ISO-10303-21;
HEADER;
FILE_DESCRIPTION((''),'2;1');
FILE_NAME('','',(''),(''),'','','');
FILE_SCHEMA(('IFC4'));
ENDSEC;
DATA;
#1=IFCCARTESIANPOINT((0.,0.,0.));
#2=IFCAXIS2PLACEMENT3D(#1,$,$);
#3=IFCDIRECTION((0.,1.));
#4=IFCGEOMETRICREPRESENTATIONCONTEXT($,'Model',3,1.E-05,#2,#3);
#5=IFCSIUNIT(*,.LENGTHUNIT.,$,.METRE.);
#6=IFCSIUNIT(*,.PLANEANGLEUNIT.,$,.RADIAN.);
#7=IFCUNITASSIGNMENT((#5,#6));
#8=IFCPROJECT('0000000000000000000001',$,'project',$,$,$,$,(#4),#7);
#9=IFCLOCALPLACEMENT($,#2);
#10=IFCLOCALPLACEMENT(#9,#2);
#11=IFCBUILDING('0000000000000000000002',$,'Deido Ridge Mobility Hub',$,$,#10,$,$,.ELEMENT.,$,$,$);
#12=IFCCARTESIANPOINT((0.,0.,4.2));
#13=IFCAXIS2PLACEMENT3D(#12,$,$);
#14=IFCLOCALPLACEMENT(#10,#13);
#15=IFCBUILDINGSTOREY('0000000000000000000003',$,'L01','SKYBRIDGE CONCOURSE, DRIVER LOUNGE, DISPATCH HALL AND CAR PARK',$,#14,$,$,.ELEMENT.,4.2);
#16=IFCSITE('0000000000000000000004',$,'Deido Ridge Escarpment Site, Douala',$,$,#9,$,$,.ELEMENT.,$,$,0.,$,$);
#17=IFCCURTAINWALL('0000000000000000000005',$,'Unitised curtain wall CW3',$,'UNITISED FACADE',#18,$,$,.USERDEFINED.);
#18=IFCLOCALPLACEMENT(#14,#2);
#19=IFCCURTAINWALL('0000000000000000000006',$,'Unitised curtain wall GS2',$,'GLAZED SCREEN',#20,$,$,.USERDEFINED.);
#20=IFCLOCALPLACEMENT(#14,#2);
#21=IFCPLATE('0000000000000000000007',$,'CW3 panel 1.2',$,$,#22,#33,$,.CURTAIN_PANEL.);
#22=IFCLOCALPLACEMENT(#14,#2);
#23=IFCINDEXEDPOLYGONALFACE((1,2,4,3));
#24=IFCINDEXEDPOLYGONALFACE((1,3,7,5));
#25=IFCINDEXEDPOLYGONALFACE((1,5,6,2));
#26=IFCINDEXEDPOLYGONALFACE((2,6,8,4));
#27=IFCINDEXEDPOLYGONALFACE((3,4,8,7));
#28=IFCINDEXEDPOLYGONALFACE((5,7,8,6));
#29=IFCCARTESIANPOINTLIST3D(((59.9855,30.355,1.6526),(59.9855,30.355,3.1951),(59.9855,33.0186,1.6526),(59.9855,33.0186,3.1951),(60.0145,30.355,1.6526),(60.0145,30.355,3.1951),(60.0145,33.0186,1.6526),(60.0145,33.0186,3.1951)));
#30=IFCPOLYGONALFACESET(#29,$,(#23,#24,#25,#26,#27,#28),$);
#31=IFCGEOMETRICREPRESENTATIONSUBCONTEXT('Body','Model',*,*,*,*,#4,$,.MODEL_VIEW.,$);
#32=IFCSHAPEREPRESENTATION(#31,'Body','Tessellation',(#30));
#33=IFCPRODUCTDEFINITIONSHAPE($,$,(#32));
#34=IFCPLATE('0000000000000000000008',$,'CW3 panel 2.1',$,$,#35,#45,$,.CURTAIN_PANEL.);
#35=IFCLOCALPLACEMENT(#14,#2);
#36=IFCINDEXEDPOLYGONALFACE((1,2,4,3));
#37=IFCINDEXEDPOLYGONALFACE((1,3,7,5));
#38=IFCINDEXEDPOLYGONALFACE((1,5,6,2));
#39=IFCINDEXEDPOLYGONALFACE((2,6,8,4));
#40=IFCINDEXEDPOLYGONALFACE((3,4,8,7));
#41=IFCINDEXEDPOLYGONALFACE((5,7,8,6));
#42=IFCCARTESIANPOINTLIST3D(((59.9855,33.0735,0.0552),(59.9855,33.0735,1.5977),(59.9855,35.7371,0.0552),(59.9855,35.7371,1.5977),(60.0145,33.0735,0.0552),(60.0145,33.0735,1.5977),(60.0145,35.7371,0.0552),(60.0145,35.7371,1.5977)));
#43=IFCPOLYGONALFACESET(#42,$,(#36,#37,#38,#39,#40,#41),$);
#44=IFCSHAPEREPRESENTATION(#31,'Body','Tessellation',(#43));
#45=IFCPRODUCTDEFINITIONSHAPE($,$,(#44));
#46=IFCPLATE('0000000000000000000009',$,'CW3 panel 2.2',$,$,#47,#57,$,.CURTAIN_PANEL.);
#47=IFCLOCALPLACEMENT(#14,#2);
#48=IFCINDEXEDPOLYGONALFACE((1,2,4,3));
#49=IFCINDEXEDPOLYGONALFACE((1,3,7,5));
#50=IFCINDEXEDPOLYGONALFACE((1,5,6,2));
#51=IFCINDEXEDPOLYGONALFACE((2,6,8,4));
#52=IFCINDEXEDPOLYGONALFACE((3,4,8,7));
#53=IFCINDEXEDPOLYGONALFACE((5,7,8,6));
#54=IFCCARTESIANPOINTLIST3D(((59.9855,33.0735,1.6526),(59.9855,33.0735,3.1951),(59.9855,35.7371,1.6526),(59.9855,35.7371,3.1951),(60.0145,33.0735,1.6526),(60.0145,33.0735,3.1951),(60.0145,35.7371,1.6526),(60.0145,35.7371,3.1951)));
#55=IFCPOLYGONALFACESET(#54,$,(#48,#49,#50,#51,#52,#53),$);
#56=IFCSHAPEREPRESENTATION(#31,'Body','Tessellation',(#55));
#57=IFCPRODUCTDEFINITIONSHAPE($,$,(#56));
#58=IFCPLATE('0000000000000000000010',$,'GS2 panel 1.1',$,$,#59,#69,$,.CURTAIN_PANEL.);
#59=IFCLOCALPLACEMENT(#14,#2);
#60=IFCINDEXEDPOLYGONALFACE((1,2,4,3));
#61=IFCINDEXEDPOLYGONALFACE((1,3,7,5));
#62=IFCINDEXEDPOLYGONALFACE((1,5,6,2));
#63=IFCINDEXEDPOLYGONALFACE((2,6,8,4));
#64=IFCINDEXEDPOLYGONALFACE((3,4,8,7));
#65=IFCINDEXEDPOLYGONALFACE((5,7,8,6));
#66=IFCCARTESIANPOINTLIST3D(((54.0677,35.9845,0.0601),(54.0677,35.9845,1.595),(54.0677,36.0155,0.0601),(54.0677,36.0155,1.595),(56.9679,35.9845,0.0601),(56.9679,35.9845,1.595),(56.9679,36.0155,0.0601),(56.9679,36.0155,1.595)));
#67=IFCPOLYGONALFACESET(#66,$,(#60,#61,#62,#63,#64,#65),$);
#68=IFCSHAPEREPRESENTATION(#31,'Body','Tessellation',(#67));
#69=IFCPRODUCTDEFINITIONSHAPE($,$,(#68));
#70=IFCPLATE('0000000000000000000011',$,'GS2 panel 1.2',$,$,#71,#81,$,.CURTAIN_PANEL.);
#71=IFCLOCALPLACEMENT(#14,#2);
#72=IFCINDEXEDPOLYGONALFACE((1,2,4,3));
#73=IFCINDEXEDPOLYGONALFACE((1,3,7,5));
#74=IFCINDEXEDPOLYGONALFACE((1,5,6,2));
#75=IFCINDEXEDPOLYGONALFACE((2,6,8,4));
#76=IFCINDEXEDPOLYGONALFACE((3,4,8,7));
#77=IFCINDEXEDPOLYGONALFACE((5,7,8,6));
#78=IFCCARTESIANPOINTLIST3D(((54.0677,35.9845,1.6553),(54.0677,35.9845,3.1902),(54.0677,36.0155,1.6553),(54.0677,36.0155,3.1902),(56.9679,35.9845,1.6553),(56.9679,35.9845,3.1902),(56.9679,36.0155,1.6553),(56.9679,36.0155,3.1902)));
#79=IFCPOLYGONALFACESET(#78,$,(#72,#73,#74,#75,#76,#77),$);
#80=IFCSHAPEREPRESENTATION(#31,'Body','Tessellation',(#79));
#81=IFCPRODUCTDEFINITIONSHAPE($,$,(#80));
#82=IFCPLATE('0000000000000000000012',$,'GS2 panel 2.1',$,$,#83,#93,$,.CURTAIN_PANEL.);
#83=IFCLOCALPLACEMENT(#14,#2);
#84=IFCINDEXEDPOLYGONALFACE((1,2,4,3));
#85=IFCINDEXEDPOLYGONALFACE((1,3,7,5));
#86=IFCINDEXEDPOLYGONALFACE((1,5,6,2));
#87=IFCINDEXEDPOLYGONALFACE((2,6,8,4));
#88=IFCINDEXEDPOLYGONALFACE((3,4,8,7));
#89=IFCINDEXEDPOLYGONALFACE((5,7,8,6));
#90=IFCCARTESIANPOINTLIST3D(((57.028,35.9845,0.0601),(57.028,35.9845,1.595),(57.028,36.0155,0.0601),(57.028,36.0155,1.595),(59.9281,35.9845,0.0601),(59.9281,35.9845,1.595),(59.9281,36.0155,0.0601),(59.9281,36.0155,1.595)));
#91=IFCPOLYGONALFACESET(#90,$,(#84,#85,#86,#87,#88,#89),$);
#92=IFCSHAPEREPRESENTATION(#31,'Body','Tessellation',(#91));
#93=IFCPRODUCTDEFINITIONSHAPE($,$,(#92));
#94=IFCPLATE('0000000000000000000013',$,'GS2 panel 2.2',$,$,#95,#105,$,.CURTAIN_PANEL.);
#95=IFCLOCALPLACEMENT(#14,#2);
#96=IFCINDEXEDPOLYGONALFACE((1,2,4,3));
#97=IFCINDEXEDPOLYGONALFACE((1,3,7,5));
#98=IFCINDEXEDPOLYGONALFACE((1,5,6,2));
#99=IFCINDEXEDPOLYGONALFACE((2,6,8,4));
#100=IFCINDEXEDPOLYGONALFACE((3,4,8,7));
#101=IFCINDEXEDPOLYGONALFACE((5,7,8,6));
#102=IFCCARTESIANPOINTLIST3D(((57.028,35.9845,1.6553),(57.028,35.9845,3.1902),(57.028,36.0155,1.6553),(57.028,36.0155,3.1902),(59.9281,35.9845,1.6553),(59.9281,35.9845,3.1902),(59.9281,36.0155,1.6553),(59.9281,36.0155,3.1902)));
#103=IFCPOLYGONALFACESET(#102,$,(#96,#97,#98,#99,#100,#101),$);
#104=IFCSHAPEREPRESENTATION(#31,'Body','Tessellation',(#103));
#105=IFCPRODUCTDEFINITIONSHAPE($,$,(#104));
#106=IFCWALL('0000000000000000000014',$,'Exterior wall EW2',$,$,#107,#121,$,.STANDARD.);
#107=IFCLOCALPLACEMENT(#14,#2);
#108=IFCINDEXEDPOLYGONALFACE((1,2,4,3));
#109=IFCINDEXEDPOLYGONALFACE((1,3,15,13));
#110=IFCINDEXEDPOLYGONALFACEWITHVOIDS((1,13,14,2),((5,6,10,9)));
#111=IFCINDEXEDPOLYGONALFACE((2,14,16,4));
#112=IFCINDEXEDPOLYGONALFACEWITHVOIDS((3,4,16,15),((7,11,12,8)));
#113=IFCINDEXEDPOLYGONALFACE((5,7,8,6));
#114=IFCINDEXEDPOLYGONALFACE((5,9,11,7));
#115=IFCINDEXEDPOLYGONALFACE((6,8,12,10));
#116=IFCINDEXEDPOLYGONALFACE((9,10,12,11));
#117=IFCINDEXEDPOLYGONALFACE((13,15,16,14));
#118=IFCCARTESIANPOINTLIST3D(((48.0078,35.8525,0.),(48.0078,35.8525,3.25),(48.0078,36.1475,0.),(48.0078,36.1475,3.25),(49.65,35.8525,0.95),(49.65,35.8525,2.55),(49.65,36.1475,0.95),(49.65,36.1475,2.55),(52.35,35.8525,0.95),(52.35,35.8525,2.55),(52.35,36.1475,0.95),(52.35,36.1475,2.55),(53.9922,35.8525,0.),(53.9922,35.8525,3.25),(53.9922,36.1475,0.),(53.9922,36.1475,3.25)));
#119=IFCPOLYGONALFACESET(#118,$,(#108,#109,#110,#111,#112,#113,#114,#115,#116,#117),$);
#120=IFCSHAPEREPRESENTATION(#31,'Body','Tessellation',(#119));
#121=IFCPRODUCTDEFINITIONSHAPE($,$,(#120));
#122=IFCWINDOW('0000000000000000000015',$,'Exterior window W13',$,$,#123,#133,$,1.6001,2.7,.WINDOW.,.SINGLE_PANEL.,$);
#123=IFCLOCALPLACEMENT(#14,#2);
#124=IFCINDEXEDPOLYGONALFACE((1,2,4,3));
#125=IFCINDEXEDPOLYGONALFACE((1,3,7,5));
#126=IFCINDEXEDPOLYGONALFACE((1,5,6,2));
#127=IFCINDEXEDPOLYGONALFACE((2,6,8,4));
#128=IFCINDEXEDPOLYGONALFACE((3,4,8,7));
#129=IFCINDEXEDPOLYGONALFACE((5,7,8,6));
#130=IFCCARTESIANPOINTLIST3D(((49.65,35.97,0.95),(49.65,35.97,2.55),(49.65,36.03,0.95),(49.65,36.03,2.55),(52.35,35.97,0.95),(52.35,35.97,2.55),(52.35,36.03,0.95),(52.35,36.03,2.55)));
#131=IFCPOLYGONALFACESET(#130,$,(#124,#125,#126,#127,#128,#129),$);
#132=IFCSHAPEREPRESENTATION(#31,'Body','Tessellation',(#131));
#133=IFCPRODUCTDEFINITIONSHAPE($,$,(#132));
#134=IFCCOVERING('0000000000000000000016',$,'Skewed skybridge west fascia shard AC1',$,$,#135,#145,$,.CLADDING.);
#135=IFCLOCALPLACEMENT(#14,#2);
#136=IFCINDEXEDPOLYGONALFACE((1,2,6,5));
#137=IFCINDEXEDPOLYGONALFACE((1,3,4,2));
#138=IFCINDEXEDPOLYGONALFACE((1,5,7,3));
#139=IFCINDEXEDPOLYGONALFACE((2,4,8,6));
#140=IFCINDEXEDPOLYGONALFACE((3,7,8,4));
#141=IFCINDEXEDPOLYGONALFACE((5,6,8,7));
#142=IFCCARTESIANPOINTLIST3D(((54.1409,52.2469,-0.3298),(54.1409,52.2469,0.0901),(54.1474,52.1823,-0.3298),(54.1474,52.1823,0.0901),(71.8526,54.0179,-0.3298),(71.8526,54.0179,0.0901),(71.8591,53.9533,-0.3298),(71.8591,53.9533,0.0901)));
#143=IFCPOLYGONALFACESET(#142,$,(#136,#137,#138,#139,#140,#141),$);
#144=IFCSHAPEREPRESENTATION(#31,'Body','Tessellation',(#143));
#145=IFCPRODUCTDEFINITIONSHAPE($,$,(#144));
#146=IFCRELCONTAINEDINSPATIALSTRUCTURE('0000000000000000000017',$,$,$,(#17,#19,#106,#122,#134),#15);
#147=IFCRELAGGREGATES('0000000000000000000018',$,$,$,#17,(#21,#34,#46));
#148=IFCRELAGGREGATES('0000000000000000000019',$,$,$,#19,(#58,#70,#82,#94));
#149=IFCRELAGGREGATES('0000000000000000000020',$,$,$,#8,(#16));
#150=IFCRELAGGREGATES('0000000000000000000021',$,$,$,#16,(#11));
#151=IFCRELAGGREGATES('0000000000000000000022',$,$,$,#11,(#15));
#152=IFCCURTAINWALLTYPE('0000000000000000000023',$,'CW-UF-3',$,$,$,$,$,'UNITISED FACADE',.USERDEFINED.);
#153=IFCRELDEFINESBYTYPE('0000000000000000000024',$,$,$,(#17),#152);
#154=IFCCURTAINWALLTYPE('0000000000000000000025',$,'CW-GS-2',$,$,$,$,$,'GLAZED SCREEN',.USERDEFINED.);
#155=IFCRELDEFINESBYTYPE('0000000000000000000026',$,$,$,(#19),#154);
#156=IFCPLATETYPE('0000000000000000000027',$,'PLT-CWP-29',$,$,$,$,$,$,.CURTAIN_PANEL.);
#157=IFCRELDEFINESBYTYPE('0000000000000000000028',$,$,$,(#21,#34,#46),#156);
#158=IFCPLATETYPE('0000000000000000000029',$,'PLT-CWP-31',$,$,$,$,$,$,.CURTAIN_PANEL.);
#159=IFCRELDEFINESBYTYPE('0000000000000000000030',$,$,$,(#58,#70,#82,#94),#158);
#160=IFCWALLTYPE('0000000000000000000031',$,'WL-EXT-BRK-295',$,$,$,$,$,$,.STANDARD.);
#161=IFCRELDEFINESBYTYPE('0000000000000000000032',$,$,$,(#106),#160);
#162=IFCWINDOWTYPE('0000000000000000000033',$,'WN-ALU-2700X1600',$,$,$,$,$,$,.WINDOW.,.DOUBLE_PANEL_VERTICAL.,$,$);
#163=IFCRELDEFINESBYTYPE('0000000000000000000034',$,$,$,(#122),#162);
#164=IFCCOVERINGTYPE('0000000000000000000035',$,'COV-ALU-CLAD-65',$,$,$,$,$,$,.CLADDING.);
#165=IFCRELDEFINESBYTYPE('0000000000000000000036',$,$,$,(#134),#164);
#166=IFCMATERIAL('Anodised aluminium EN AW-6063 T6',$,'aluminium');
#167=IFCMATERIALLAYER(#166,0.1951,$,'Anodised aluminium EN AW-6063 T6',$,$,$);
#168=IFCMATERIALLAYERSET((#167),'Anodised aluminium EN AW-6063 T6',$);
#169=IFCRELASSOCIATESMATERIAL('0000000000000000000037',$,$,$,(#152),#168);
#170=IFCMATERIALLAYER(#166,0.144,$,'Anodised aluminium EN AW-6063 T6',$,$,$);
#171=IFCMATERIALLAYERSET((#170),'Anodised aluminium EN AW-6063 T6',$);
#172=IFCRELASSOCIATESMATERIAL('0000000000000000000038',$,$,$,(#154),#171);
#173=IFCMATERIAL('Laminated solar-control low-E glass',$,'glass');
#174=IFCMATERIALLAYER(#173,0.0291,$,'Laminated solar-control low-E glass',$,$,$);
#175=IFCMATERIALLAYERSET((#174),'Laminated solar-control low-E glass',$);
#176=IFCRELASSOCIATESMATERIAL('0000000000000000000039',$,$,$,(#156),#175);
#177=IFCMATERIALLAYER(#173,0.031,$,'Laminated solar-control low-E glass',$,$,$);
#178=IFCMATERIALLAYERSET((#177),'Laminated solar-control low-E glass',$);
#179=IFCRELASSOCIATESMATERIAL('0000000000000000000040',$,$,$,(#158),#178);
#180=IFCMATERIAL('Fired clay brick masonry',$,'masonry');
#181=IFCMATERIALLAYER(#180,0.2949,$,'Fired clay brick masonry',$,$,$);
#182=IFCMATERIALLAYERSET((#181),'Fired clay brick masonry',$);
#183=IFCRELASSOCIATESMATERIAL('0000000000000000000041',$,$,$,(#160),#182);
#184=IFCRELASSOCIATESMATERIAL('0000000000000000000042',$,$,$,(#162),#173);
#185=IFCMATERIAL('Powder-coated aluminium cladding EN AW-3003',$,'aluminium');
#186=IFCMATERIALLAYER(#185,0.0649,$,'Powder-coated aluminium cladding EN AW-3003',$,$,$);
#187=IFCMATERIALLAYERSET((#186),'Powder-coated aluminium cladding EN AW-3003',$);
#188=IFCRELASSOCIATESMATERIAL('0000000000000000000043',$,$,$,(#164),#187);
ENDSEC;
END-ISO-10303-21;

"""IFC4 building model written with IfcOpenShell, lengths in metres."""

from ifc_helpers import new_model, si_unit, direction, frame, frame_2d, origin, origin_2d, place, context, subcontext, project, spatial, rectangle, extrude, material, layer, layer_set, type_object, element, fill, aggregate, save


model = new_model("IFC4")

# Units and contexts
model_context = context("Model", 3, precision=1e-05, world=origin(), true_north=direction((0.0, 1.0)))
body_context = subcontext(model_context, "Body", "Model", "MODEL_VIEW")
ifc_project = project(units=[si_unit("LENGTHUNIT", "METRE"), si_unit("PLANEANGLEUNIT", "RADIAN")], contexts=[model_context])

# Site, building, storey
site_placement = place(None, origin())
site = spatial("IfcSite", under=ifc_project, at=site_placement, Name="Deido Ridge Escarpment Site, Douala", CompositionType="ELEMENT", RefElevation=0.0)
building_placement = place(site_placement, origin())
building = spatial("IfcBuilding", under=site, at=building_placement, Name="Deido Ridge Mobility Hub", CompositionType="ELEMENT")
storey_placement = place(building_placement, frame((0.0, 0.0, 4.2)))
storey = spatial("IfcBuildingStorey", under=building, at=storey_placement, Name="L01", Description="SKYBRIDGE CONCOURSE, DRIVER LOUNGE, DISPATCH HALL AND CAR PARK", CompositionType="ELEMENT", Elevation=4.2)

# Curtain walls
ifc_material_1 = material(Name="Anodised aluminium EN AW-6063 T6", Category="aluminium")
ifc_layer_1 = layer(ifc_material_1, 0.1951, Name="Anodised aluminium EN AW-6063 T6")
ifc_layer_set_1 = layer_set([ifc_layer_1], Name="Anodised aluminium EN AW-6063 T6")
curtain_wall_type_1 = type_object("IfcCurtainWallType", Name="CW-UF-3", ElementType="UNITISED FACADE", PredefinedType="USERDEFINED", material=ifc_layer_set_1)
curtain_wall_1_placement = place(storey_placement, origin())
curtain_wall_1 = element("IfcCurtainWall", 1, at=curtain_wall_1_placement, inside=storey, type_object=curtain_wall_type_1, Name="Unitised curtain wall CW3", ObjectType="UNITISED FACADE", PredefinedType="USERDEFINED")
ifc_layer_2 = layer(ifc_material_1, 0.144, Name="Anodised aluminium EN AW-6063 T6")
ifc_layer_set_2 = layer_set([ifc_layer_2], Name="Anodised aluminium EN AW-6063 T6")
curtain_wall_type_2 = type_object("IfcCurtainWallType", Name="CW-GS-2", ElementType="GLAZED SCREEN", PredefinedType="USERDEFINED", material=ifc_layer_set_2)
curtain_wall_2_placement = place(storey_placement, origin())
curtain_wall_2 = element("IfcCurtainWall", 2, at=curtain_wall_2_placement, inside=storey, type_object=curtain_wall_type_2, Name="Unitised curtain wall GS2", ObjectType="GLAZED SCREEN", PredefinedType="USERDEFINED")

# Plates
ifc_material_2 = material(Name="Laminated solar-control low-E glass", Category="glass")
ifc_layer_3 = layer(ifc_material_2, 0.0291, Name="Laminated solar-control low-E glass")
ifc_layer_set_3 = layer_set([ifc_layer_3], Name="Laminated solar-control low-E glass")
plate_type_1 = type_object("IfcPlateType", Name="PLT-CWP-29", PredefinedType="CURTAIN_PANEL", material=ifc_layer_set_3)
plate_1_placement = place(storey_placement, frame((60.0, 31.6868, 1.6526), z_axis=(0.0, 0.0, 1.0), x_axis=(0.0, 1.0, 0.0)))
plate_1 = element("IfcPlate", 3, at=plate_1_placement, type_object=plate_type_1, Name="CW3 panel 1.2", PredefinedType="CURTAIN_PANEL", context=body_context, shape_type="SweptSolid", body=[
    extrude(rectangle(XDim=2.6636, YDim=0.0291, at=origin_2d()), origin(), (0.0, 0.0, 1.0), 1.5425),
])
plate_2_placement = place(storey_placement, frame((60.0, 34.4053, 0.0552), z_axis=(0.0, 0.0, 1.0), x_axis=(0.0, 1.0, 0.0)))
plate_2 = element("IfcPlate", 4, at=plate_2_placement, type_object=plate_type_1, Name="CW3 panel 2.1", PredefinedType="CURTAIN_PANEL", context=body_context, shape_type="SweptSolid", body=[
    extrude(rectangle(XDim=2.6636, YDim=0.0291, at=origin_2d()), origin(), (0.0, 0.0, 1.0), 1.5425),
])
plate_3_placement = place(storey_placement, frame((60.0, 34.4053, 1.6526), z_axis=(0.0, 0.0, 1.0), x_axis=(0.0, 1.0, 0.0)))
plate_3 = element("IfcPlate", 5, at=plate_3_placement, type_object=plate_type_1, Name="CW3 panel 2.2", PredefinedType="CURTAIN_PANEL", context=body_context, shape_type="SweptSolid", body=[
    extrude(rectangle(XDim=2.6636, YDim=0.0291, at=origin_2d()), origin(), (0.0, 0.0, 1.0), 1.5425),
])
aggregate(curtain_wall_1, [plate_1, plate_2, plate_3])
ifc_layer_4 = layer(ifc_material_2, 0.031, Name="Laminated solar-control low-E glass")
ifc_layer_set_4 = layer_set([ifc_layer_4], Name="Laminated solar-control low-E glass")
plate_type_2 = type_object("IfcPlateType", Name="PLT-CWP-31", PredefinedType="CURTAIN_PANEL", material=ifc_layer_set_4)
plate_4_placement = place(storey_placement, frame((55.5178, 36.0, 0.0601), z_axis=(0.0, 0.0, 1.0), x_axis=(1.0, 0.0, 0.0)))
plate_4 = element("IfcPlate", 6, at=plate_4_placement, type_object=plate_type_2, Name="GS2 panel 1.1", PredefinedType="CURTAIN_PANEL", context=body_context, shape_type="SweptSolid", body=[
    extrude(rectangle(XDim=2.9001, YDim=0.031, at=origin_2d()), origin(), (0.0, 0.0, 1.0), 1.5349),
])
plate_5_placement = place(storey_placement, frame((55.5178, 36.0, 1.6553), z_axis=(0.0, 0.0, 1.0), x_axis=(1.0, 0.0, 0.0)))
plate_5 = element("IfcPlate", 7, at=plate_5_placement, type_object=plate_type_2, Name="GS2 panel 1.2", PredefinedType="CURTAIN_PANEL", context=body_context, shape_type="SweptSolid", body=[
    extrude(rectangle(XDim=2.9001, YDim=0.031, at=origin_2d()), origin(), (0.0, 0.0, 1.0), 1.5349),
])
plate_6_placement = place(storey_placement, frame((58.478, 36.0, 0.0601), z_axis=(0.0, 0.0, 1.0), x_axis=(1.0, 0.0, 0.0)))
plate_6 = element("IfcPlate", 8, at=plate_6_placement, type_object=plate_type_2, Name="GS2 panel 2.1", PredefinedType="CURTAIN_PANEL", context=body_context, shape_type="SweptSolid", body=[
    extrude(rectangle(XDim=2.9001, YDim=0.031, at=origin_2d()), origin(), (0.0, 0.0, 1.0), 1.5349),
])
plate_7_placement = place(storey_placement, frame((58.478, 36.0, 1.6553), z_axis=(0.0, 0.0, 1.0), x_axis=(1.0, 0.0, 0.0)))
plate_7 = element("IfcPlate", 9, at=plate_7_placement, type_object=plate_type_2, Name="GS2 panel 2.2", PredefinedType="CURTAIN_PANEL", context=body_context, shape_type="SweptSolid", body=[
    extrude(rectangle(XDim=2.9001, YDim=0.031, at=origin_2d()), origin(), (0.0, 0.0, 1.0), 1.5349),
])
aggregate(curtain_wall_2, [plate_4, plate_5, plate_6, plate_7])

# Wall, opening, window
ifc_material_3 = material(Name="Fired clay brick masonry", Category="masonry")
ifc_layer_5 = layer(ifc_material_3, 0.2949, Name="Fired clay brick masonry")
ifc_layer_set_5 = layer_set([ifc_layer_5], Name="Fired clay brick masonry")
wall_type = type_object("IfcWallType", Name="WL-EXT-BRK-295", PredefinedType="STANDARD", material=ifc_layer_set_5)
wall_placement = place(storey_placement, frame((48.0078, 36.0, 0.0), z_axis=(0.0, 0.0, 1.0), x_axis=(1.0, 0.0, 0.0)))
wall = element("IfcWall", 10, at=wall_placement, inside=storey, type_object=wall_type, Name="Exterior wall EW2", PredefinedType="STANDARD", context=body_context, shape_type="SweptSolid", body=[
    extrude(rectangle(XDim=5.9844, YDim=0.2949, at=frame_2d((2.9922, 0.0))), origin(), (0.0, 0.0, 1.0), 3.25),
])
opening_placement = place(wall_placement, frame((1.6421, 0.0, 0.95)))
opening = element("IfcOpeningElement", 11, at=opening_placement, cuts=wall, PredefinedType="OPENING", context=body_context, shape_type="SweptSolid", body=[
    extrude(rectangle(XDim=2.7, YDim=1.6001, at=frame_2d((1.3501, 0.8))), frame((0.0, 0.1575, 0.0), z_axis=(0.0, -1.0, 0.0), x_axis=(1.0, 0.0, 0.0)), (0.0, 0.0, 1.0), 0.3149),
])
window_type = type_object("IfcWindowType", Name="WN-ALU-2700X1600", PartitioningType="DOUBLE_PANEL_VERTICAL", PredefinedType="WINDOW", material=ifc_material_2)
window_placement = place(opening_placement, origin())
window = element("IfcWindow", 12, at=window_placement, inside=storey, type_object=window_type, Name="Exterior window W13", OverallHeight=1.6001, OverallWidth=2.7, PartitioningType="SINGLE_PANEL", PredefinedType="WINDOW", context=body_context, shape_type="SweptSolid", body=[
    extrude(rectangle(XDim=2.7, YDim=1.6001, at=frame_2d((1.3501, 0.8))), frame((0.0, 0.03, 0.0), z_axis=(0.0, -1.0, 0.0), x_axis=(1.0, 0.0, 0.0)), (0.0, 0.0, 1.0), 0.0601),
])
fill(opening, window)

# Covering
ifc_material_4 = material(Name="Powder-coated aluminium cladding EN AW-3003", Category="aluminium")
ifc_layer_6 = layer(ifc_material_4, 0.0649, Name="Powder-coated aluminium cladding EN AW-3003")
ifc_layer_set_6 = layer_set([ifc_layer_6], Name="Powder-coated aluminium cladding EN AW-3003")
covering_type = type_object("IfcCoveringType", Name="COV-ALU-CLAD-65", PredefinedType="CLADDING", material=ifc_layer_set_6)
covering_placement = place(storey_placement, frame((63.0, 53.1001, -0.3298), z_axis=(0.0, 0.0, 1.0), x_axis=(0.995038, 0.099493, 0.0)))
element("IfcCovering", 13, at=covering_placement, inside=storey, type_object=covering_type, Name="Skewed skybridge west fascia shard AC1", PredefinedType="CLADDING", context=body_context, shape_type="SweptSolid", body=[
    extrude(rectangle(XDim=17.8, YDim=0.0649, at=origin_2d()), origin(), (0.0, 0.0, 1.0), 0.4199),
])

save(model, "model.ifc")
